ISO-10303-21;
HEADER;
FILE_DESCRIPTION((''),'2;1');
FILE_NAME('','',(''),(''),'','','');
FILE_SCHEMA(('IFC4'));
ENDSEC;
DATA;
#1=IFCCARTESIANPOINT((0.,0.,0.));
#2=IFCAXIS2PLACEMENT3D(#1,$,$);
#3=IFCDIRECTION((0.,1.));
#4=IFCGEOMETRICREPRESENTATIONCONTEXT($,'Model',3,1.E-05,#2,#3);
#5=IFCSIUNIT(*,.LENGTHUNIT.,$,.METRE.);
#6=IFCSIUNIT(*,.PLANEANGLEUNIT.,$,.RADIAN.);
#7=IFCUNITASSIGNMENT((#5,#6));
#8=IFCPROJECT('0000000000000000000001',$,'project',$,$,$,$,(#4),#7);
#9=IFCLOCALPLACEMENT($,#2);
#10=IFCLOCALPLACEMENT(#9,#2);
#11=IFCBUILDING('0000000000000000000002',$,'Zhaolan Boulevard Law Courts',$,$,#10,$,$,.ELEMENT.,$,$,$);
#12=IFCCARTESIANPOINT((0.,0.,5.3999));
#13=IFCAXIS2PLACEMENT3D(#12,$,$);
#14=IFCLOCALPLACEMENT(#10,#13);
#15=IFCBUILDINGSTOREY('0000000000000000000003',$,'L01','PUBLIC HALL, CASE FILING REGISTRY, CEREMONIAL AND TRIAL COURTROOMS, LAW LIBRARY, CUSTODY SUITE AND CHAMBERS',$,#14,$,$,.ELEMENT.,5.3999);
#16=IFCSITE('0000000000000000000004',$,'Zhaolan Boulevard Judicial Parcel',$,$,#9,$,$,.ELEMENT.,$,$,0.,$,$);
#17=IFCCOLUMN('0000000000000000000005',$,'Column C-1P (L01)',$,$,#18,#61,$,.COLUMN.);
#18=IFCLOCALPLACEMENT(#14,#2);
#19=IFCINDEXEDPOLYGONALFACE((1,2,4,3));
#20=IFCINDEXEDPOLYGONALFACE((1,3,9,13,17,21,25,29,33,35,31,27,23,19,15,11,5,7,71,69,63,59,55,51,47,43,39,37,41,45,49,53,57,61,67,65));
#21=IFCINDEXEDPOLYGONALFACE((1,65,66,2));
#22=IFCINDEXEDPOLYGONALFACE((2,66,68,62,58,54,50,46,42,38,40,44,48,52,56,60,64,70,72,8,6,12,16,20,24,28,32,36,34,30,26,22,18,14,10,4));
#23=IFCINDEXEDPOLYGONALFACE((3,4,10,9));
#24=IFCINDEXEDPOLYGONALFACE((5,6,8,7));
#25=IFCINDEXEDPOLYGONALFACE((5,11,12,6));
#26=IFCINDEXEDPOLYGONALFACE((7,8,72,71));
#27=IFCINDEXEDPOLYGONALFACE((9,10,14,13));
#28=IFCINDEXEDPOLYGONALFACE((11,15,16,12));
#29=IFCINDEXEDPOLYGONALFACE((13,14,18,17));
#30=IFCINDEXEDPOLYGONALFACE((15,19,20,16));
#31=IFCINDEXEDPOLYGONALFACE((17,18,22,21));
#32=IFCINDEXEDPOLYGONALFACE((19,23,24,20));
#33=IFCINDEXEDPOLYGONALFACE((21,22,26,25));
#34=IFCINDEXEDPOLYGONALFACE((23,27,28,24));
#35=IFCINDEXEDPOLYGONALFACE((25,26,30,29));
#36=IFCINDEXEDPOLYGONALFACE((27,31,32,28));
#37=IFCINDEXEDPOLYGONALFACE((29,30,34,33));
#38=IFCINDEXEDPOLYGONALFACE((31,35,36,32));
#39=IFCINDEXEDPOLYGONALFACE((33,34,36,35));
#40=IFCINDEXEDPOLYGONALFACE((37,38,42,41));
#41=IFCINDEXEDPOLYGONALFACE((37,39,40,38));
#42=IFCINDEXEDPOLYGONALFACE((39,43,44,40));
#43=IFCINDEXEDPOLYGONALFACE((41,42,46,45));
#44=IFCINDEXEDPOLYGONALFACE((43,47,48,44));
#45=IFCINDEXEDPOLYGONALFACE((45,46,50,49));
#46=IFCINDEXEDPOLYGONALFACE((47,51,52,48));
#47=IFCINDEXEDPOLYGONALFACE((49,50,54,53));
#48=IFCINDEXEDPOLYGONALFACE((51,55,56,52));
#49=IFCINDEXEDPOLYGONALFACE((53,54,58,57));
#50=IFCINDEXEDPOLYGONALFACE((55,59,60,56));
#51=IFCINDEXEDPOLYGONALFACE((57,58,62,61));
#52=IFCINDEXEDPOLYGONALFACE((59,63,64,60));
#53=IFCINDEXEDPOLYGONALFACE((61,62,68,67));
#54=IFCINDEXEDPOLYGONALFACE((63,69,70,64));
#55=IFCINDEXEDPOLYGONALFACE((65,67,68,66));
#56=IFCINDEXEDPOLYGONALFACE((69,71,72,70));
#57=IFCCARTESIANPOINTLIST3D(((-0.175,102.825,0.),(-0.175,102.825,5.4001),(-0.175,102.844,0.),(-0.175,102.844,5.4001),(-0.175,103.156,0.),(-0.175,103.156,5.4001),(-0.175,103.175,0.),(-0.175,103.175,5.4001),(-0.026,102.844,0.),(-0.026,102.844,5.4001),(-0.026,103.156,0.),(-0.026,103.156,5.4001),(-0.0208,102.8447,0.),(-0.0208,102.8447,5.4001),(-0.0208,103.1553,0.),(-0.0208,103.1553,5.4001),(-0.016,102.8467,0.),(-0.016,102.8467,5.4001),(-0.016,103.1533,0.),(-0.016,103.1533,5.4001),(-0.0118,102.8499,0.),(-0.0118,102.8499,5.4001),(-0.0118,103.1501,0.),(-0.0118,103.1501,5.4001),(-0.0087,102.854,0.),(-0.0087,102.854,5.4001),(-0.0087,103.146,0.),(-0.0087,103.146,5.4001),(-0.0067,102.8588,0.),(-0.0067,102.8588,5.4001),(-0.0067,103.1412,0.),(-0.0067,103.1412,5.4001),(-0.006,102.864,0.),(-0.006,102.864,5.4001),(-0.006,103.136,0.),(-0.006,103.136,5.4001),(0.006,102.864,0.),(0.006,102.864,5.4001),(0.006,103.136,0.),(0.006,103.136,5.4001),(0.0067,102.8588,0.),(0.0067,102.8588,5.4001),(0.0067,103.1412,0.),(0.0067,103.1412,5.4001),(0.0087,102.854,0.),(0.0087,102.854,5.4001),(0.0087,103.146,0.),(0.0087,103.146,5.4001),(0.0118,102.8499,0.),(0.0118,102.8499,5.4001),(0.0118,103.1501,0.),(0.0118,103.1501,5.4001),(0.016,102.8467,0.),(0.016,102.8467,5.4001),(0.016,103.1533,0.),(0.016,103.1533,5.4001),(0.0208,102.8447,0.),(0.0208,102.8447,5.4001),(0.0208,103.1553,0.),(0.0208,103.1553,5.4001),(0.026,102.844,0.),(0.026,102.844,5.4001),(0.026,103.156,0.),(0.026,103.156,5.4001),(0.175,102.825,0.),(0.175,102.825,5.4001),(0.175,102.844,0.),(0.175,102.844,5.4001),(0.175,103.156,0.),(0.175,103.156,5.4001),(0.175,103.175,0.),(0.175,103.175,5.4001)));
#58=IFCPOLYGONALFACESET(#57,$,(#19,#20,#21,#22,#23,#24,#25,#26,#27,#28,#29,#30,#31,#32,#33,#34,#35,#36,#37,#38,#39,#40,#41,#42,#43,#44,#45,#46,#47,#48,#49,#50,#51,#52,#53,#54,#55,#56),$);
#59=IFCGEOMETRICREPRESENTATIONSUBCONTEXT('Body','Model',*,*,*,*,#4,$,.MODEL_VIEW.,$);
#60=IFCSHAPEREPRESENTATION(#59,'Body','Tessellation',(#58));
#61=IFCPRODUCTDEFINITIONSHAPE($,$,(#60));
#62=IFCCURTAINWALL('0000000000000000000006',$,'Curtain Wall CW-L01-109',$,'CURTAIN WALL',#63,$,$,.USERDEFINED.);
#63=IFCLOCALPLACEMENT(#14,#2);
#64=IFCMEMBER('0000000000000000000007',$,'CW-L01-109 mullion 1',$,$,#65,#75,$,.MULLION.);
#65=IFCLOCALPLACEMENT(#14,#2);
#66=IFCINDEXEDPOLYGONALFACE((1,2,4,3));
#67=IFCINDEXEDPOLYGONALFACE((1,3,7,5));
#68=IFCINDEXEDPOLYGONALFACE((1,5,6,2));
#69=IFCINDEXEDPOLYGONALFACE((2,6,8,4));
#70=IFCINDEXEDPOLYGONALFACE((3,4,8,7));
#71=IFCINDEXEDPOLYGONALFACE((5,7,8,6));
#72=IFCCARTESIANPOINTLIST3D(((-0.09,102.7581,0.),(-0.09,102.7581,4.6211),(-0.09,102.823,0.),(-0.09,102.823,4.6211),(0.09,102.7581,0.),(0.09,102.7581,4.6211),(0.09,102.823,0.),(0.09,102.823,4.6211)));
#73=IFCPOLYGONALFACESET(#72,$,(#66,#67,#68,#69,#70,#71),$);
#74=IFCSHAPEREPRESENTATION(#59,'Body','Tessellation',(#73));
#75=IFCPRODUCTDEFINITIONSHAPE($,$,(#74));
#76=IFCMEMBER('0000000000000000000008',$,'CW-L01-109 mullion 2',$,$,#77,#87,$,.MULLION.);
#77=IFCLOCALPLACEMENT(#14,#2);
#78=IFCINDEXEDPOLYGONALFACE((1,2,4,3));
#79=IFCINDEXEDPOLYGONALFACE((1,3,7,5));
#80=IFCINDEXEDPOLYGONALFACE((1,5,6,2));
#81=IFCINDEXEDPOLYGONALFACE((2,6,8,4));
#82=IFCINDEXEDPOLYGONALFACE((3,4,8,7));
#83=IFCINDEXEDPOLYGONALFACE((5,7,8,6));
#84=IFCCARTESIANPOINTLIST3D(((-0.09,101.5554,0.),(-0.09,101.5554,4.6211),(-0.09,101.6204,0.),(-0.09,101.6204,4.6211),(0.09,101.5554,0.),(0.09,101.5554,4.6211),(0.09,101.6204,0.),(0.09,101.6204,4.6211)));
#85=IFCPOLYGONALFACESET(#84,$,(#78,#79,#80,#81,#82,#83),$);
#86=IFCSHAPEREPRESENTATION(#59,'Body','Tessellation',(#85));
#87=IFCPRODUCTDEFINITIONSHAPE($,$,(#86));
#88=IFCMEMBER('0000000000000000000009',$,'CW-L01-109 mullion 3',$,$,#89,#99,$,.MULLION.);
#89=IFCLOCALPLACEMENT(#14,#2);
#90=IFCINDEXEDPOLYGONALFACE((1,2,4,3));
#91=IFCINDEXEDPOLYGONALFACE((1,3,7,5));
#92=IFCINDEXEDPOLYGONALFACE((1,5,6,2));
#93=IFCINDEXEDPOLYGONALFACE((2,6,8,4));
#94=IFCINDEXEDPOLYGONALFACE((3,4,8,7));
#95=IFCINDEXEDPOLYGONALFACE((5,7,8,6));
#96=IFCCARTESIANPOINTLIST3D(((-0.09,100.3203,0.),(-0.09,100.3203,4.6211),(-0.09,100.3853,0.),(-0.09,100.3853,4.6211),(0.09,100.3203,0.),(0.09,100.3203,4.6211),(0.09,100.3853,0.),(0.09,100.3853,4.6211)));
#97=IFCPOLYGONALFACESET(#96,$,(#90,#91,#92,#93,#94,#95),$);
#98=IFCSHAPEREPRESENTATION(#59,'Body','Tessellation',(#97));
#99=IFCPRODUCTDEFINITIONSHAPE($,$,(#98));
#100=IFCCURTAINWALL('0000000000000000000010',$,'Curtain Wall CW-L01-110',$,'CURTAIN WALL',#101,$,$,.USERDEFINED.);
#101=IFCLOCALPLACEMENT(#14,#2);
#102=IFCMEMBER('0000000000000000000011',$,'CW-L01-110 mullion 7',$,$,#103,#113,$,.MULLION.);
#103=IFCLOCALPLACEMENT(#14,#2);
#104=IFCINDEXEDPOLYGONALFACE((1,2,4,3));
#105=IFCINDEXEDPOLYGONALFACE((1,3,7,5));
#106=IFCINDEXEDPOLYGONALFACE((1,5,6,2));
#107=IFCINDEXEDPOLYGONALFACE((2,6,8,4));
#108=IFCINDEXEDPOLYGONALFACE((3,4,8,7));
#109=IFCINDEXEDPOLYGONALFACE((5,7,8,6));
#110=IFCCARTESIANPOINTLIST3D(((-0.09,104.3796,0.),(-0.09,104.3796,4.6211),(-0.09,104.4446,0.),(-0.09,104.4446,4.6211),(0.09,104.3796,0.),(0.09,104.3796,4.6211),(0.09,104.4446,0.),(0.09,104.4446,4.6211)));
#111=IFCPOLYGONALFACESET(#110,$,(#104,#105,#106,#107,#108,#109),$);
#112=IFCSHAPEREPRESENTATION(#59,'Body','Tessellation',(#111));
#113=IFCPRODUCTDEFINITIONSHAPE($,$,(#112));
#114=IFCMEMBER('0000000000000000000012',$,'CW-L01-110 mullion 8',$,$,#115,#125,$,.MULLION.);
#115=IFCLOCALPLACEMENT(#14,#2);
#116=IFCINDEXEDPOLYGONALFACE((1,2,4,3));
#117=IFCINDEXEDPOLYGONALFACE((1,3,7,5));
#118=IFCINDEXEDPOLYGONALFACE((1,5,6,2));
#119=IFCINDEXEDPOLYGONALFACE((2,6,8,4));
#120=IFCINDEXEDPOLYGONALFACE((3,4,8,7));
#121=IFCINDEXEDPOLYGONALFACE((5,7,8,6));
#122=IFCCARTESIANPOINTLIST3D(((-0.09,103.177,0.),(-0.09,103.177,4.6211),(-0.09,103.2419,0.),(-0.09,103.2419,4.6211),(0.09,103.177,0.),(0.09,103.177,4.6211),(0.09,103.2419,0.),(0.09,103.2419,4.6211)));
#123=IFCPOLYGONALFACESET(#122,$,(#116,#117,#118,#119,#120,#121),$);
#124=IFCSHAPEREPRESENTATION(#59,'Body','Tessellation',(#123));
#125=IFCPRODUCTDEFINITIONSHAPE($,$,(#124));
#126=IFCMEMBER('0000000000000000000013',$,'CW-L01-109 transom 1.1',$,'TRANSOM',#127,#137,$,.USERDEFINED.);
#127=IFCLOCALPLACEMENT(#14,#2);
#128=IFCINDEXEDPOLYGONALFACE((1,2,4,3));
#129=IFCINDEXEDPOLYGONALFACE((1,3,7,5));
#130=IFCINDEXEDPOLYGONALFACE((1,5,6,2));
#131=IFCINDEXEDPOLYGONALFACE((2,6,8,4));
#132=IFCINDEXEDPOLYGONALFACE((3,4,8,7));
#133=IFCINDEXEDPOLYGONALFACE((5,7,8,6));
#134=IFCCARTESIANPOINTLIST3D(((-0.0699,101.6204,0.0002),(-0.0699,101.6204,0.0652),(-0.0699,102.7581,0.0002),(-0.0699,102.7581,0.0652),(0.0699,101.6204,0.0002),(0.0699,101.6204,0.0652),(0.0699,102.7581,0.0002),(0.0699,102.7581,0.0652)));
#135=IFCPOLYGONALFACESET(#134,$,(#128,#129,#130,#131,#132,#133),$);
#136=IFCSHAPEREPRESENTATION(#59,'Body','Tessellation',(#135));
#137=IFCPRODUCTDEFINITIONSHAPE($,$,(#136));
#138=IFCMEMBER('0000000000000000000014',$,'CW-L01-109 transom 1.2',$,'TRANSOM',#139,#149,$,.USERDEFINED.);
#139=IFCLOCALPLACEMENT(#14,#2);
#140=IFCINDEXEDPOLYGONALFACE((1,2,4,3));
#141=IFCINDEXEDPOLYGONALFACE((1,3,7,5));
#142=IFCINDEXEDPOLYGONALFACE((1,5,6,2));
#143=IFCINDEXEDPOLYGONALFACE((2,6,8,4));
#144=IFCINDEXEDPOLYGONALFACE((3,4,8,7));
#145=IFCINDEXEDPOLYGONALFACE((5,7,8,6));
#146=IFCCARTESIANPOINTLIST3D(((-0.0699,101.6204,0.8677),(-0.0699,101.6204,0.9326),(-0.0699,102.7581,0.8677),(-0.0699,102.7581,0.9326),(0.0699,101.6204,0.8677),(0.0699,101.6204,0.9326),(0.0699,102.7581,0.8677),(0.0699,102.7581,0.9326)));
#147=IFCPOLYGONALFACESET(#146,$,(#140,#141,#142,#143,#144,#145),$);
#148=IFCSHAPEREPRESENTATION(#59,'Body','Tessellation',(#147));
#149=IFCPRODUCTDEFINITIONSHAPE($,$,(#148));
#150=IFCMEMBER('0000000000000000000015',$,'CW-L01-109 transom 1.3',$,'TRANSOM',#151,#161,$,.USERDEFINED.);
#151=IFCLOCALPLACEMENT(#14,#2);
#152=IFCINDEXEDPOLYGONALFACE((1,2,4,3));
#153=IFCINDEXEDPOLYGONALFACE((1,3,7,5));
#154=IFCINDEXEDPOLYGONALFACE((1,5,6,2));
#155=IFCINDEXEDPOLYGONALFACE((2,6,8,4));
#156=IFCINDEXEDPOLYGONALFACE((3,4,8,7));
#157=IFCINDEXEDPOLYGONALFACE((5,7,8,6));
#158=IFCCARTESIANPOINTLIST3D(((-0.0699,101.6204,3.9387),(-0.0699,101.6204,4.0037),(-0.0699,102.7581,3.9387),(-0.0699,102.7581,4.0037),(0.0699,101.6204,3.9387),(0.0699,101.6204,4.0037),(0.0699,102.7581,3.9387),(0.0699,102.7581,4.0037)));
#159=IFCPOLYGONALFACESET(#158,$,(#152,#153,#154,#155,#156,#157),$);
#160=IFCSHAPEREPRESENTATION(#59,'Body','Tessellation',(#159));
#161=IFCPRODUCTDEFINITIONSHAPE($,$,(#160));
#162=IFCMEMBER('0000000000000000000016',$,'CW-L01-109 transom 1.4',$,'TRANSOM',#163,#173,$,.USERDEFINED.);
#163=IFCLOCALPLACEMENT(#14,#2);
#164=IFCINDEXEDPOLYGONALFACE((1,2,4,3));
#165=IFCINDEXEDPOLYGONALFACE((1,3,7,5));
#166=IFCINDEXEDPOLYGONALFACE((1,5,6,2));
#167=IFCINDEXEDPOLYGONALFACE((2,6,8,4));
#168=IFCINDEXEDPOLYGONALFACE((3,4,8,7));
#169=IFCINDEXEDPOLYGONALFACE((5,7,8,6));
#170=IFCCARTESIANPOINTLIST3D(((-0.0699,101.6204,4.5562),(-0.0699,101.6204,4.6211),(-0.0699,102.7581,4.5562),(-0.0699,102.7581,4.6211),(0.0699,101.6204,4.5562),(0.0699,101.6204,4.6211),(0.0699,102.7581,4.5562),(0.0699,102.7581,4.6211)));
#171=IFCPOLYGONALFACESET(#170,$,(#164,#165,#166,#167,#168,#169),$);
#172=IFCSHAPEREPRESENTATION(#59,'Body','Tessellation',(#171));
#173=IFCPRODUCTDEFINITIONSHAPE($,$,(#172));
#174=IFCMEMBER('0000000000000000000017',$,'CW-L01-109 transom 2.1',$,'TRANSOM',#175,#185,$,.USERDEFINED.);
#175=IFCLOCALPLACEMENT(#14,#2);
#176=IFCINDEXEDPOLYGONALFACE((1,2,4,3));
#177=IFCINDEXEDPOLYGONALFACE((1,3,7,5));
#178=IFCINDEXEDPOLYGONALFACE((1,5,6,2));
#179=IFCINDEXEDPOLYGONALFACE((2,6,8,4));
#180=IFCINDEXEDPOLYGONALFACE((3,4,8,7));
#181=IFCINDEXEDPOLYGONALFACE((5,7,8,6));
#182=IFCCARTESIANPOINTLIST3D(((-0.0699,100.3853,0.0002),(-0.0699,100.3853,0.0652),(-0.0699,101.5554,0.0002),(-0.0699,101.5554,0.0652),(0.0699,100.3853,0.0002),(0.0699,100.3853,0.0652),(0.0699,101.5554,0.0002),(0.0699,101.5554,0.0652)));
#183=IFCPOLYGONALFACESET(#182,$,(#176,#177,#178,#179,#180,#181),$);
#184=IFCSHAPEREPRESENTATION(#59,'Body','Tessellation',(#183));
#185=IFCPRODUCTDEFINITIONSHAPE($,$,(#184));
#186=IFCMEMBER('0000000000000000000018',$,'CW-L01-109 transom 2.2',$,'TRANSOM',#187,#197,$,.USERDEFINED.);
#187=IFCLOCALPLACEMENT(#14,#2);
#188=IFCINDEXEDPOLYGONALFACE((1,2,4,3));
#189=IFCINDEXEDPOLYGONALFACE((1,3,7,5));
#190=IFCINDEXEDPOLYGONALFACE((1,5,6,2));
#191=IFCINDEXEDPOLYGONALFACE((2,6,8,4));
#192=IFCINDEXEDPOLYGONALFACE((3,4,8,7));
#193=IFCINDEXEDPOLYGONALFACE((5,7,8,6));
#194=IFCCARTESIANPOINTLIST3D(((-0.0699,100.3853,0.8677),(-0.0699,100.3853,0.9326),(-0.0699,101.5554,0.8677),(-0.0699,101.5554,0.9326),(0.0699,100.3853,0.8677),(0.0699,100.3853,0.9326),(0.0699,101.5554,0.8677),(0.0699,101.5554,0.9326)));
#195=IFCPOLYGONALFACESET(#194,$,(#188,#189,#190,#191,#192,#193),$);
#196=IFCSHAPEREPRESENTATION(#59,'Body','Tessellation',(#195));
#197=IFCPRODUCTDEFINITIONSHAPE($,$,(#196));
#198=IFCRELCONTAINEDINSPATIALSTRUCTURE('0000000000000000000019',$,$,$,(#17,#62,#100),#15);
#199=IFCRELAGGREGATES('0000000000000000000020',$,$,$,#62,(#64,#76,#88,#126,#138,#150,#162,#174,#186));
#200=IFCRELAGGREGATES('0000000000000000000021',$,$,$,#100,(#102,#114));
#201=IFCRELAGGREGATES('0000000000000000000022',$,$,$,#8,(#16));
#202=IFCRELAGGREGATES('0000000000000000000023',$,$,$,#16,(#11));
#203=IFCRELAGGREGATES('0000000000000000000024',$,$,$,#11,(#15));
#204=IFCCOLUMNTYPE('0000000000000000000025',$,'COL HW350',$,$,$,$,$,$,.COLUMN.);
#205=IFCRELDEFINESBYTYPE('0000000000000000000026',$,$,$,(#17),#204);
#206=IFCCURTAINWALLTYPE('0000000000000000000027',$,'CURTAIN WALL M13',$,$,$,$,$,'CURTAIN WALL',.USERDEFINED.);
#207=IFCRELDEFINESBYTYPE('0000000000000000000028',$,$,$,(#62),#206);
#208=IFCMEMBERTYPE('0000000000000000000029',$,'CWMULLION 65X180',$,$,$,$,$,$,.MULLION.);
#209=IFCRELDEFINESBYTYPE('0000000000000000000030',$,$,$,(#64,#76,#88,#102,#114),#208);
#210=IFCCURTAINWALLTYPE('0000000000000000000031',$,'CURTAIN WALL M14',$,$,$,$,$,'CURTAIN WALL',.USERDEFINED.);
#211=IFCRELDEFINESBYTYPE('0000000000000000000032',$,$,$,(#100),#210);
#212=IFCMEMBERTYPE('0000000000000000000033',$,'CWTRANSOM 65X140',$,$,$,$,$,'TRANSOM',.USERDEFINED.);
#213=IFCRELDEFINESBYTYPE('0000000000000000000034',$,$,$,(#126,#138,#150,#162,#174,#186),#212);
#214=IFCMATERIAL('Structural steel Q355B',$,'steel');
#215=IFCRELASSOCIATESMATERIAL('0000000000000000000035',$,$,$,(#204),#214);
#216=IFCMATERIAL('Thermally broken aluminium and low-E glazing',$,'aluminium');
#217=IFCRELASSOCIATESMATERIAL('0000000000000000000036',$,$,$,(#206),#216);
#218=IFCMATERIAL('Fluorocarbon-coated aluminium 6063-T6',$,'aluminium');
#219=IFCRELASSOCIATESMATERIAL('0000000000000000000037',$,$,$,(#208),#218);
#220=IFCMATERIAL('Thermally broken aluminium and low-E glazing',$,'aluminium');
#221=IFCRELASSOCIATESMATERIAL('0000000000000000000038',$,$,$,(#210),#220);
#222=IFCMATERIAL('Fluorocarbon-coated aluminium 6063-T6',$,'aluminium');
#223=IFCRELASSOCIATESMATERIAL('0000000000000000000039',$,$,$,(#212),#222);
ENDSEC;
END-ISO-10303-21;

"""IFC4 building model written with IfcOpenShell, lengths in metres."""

from ifc_helpers import new_model, si_unit, direction, frame, origin, origin_2d, place, context, subcontext, project, spatial, rectangle, i_section, extrude, material, material_profile, profile_set, type_object, element, aggregate, save


model = new_model("IFC4")

# Units and contexts
model_context = context("Model", 3, precision=1e-05, world=origin(), true_north=direction((0.0, 1.0)))
body_context = subcontext(model_context, "Body", "Model", "MODEL_VIEW")
ifc_project = project(units=[si_unit("LENGTHUNIT", "METRE"), si_unit("PLANEANGLEUNIT", "RADIAN")], contexts=[model_context])

# Site, building, storey
site_placement = place(None, origin())
site = spatial("IfcSite", under=ifc_project, at=site_placement, Name="Zhaolan Boulevard Judicial Parcel", CompositionType="ELEMENT", RefElevation=0.0)
building_placement = place(site_placement, origin())
building = spatial("IfcBuilding", under=site, at=building_placement, Name="Zhaolan Boulevard Law Courts", CompositionType="ELEMENT")
storey_placement = place(building_placement, frame((0.0, 0.0, 5.3999)))
storey = spatial("IfcBuildingStorey", under=building, at=storey_placement, Name="L01", Description="PUBLIC HALL, CASE FILING REGISTRY, CEREMONIAL AND TRIAL COURTROOMS, LAW LIBRARY, CUSTODY SUITE AND CHAMBERS", CompositionType="ELEMENT", Elevation=5.3999)

# Column
ifc_material_1 = material(Name="Structural steel Q355B", Category="steel")
ifc_material_profile_1 = material_profile(ifc_material_1, i_section(OverallWidth=0.3501, OverallDepth=0.3501, WebThickness=0.012, FlangeThickness=0.019, FilletRadius=0.02, at=origin_2d()), Name="HW350x350")
ifc_profile_set_1 = profile_set([ifc_material_profile_1], Name="Structural steel Q355B")
column_type = type_object("IfcColumnType", Name="COL HW350", PredefinedType="COLUMN", material=ifc_profile_set_1)
column_placement = place(storey_placement, frame((0.0, 103.0, 0.0), z_axis=(0.0, 0.0, 1.0), x_axis=(1.0, 0.0, 0.0)))
element("IfcColumn", 1, at=column_placement, inside=storey, type_object=column_type, Name="Column C-1P (L01)", PredefinedType="COLUMN", context=body_context, shape_type="SweptSolid", body=[
    extrude(i_section(OverallWidth=0.3501, OverallDepth=0.3501, WebThickness=0.012, FlangeThickness=0.019, FilletRadius=0.02, at=origin_2d()), origin(), (0.0, 0.0, 1.0), 5.4001),
])

# Curtain walls, members
ifc_material_2 = material(Name="Thermally broken aluminium and low-E glazing", Category="aluminium")
curtain_wall_type_1 = type_object("IfcCurtainWallType", Name="CURTAIN WALL M13", ElementType="CURTAIN WALL", PredefinedType="USERDEFINED", material=ifc_material_2)
curtain_wall_1_placement = place(storey_placement, origin())
curtain_wall_1 = element("IfcCurtainWall", 2, at=curtain_wall_1_placement, inside=storey, type_object=curtain_wall_type_1, Name="Curtain Wall CW-L01-109", ObjectType="CURTAIN WALL", PredefinedType="USERDEFINED")
ifc_material_3 = material(Name="Fluorocarbon-coated aluminium 6063-T6", Category="aluminium")
ifc_material_profile_2 = material_profile(ifc_material_3, rectangle(XDim=0.1799, YDim=0.0649, at=origin_2d()), Name="AL65x180")
ifc_profile_set_2 = profile_set([ifc_material_profile_2], Name="Fluorocarbon-coated aluminium 6063-T6")
member_type_1 = type_object("IfcMemberType", Name="CWMULLION 65X180", PredefinedType="MULLION", material=ifc_profile_set_2)
member_1_placement = place(storey_placement, frame((0.0, 102.7905, 0.0), z_axis=(0.0, 0.0, 1.0), x_axis=(1.0, 0.0, 0.0)))
member_1 = element("IfcMember", 3, at=member_1_placement, type_object=member_type_1, Name="CW-L01-109 mullion 1", PredefinedType="MULLION", context=body_context, shape_type="SweptSolid", body=[
    extrude(rectangle(XDim=0.1799, YDim=0.0649, at=origin_2d()), origin(), (0.0, 0.0, 1.0), 4.6211),
])
member_2_placement = place(storey_placement, frame((0.0, 101.5879, 0.0), z_axis=(0.0, 0.0, 1.0), x_axis=(1.0, 0.0, 0.0)))
member_2 = element("IfcMember", 4, at=member_2_placement, type_object=member_type_1, Name="CW-L01-109 mullion 2", PredefinedType="MULLION", context=body_context, shape_type="SweptSolid", body=[
    extrude(rectangle(XDim=0.1799, YDim=0.0649, at=origin_2d()), origin(), (0.0, 0.0, 1.0), 4.6211),
])
member_3_placement = place(storey_placement, frame((0.0, 100.3528, 0.0), z_axis=(0.0, 0.0, 1.0), x_axis=(1.0, 0.0, 0.0)))
member_3 = element("IfcMember", 5, at=member_3_placement, type_object=member_type_1, Name="CW-L01-109 mullion 3", PredefinedType="MULLION", context=body_context, shape_type="SweptSolid", body=[
    extrude(rectangle(XDim=0.1799, YDim=0.0649, at=origin_2d()), origin(), (0.0, 0.0, 1.0), 4.6211),
])
ifc_material_4 = material(Name="Thermally broken aluminium and low-E glazing", Category="aluminium")
curtain_wall_type_2 = type_object("IfcCurtainWallType", Name="CURTAIN WALL M14", ElementType="CURTAIN WALL", PredefinedType="USERDEFINED", material=ifc_material_4)
curtain_wall_2_placement = place(storey_placement, origin())
curtain_wall_2 = element("IfcCurtainWall", 6, at=curtain_wall_2_placement, inside=storey, type_object=curtain_wall_type_2, Name="Curtain Wall CW-L01-110", ObjectType="CURTAIN WALL", PredefinedType="USERDEFINED")
member_4_placement = place(storey_placement, frame((0.0, 104.4121, 0.0), z_axis=(0.0, 0.0, 1.0), x_axis=(1.0, 0.0, 0.0)))
member_4 = element("IfcMember", 7, at=member_4_placement, type_object=member_type_1, Name="CW-L01-110 mullion 7", PredefinedType="MULLION", context=body_context, shape_type="SweptSolid", body=[
    extrude(rectangle(XDim=0.1799, YDim=0.0649, at=origin_2d()), origin(), (0.0, 0.0, 1.0), 4.6211),
])
member_5_placement = place(storey_placement, frame((0.0, 103.2095, 0.0), z_axis=(0.0, 0.0, 1.0), x_axis=(1.0, 0.0, 0.0)))
member_5 = element("IfcMember", 8, at=member_5_placement, type_object=member_type_1, Name="CW-L01-110 mullion 8", PredefinedType="MULLION", context=body_context, shape_type="SweptSolid", body=[
    extrude(rectangle(XDim=0.1799, YDim=0.0649, at=origin_2d()), origin(), (0.0, 0.0, 1.0), 4.6211),
])

# Members
ifc_material_5 = material(Name="Fluorocarbon-coated aluminium 6063-T6", Category="aluminium")
ifc_material_profile_3 = material_profile(ifc_material_5, rectangle(XDim=0.1399, YDim=0.0649, at=origin_2d()), Name="AL65x140")
ifc_profile_set_3 = profile_set([ifc_material_profile_3], Name="Fluorocarbon-coated aluminium 6063-T6")
member_type_2 = type_object("IfcMemberType", Name="CWTRANSOM 65X140", ElementType="TRANSOM", PredefinedType="USERDEFINED", material=ifc_profile_set_3)
member_6_placement = place(storey_placement, frame((0.0, 102.7581, 0.0327), z_axis=(0.0, -1.0, 0.0), x_axis=(1.0, 0.0, 0.0)))
member_6 = element("IfcMember", 9, at=member_6_placement, type_object=member_type_2, Name="CW-L01-109 transom 1.1", ObjectType="TRANSOM", PredefinedType="USERDEFINED", context=body_context, shape_type="SweptSolid", body=[
    extrude(rectangle(XDim=0.1399, YDim=0.0649, at=origin_2d()), origin(), (0.0, 0.0, 1.0), 1.1377),
])
member_7_placement = place(storey_placement, frame((0.0, 102.7581, 0.9001), z_axis=(0.0, -1.0, 0.0), x_axis=(1.0, 0.0, 0.0)))
member_7 = element("IfcMember", 10, at=member_7_placement, type_object=member_type_2, Name="CW-L01-109 transom 1.2", ObjectType="TRANSOM", PredefinedType="USERDEFINED", context=body_context, shape_type="SweptSolid", body=[
    extrude(rectangle(XDim=0.1399, YDim=0.0649, at=origin_2d()), origin(), (0.0, 0.0, 1.0), 1.1377),
])
member_8_placement = place(storey_placement, frame((0.0, 102.7581, 3.9712), z_axis=(0.0, -1.0, 0.0), x_axis=(1.0, 0.0, 0.0)))
member_8 = element("IfcMember", 11, at=member_8_placement, type_object=member_type_2, Name="CW-L01-109 transom 1.3", ObjectType="TRANSOM", PredefinedType="USERDEFINED", context=body_context, shape_type="SweptSolid", body=[
    extrude(rectangle(XDim=0.1399, YDim=0.0649, at=origin_2d()), origin(), (0.0, 0.0, 1.0), 1.1377),
])
member_9_placement = place(storey_placement, frame((0.0, 102.7581, 4.5886), z_axis=(0.0, -1.0, 0.0), x_axis=(1.0, 0.0, 0.0)))
member_9 = element("IfcMember", 12, at=member_9_placement, type_object=member_type_2, Name="CW-L01-109 transom 1.4", ObjectType="TRANSOM", PredefinedType="USERDEFINED", context=body_context, shape_type="SweptSolid", body=[
    extrude(rectangle(XDim=0.1399, YDim=0.0649, at=origin_2d()), origin(), (0.0, 0.0, 1.0), 1.1377),
])
member_10_placement = place(storey_placement, frame((0.0, 101.5554, 0.0327), z_axis=(0.0, -1.0, 0.0), x_axis=(1.0, 0.0, 0.0)))
member_10 = element("IfcMember", 13, at=member_10_placement, type_object=member_type_2, Name="CW-L01-109 transom 2.1", ObjectType="TRANSOM", PredefinedType="USERDEFINED", context=body_context, shape_type="SweptSolid", body=[
    extrude(rectangle(XDim=0.1399, YDim=0.0649, at=origin_2d()), origin(), (0.0, 0.0, 1.0), 1.1702),
])
member_11_placement = place(storey_placement, frame((0.0, 101.5554, 0.9001), z_axis=(0.0, -1.0, 0.0), x_axis=(1.0, 0.0, 0.0)))
member_11 = element("IfcMember", 14, at=member_11_placement, type_object=member_type_2, Name="CW-L01-109 transom 2.2", ObjectType="TRANSOM", PredefinedType="USERDEFINED", context=body_context, shape_type="SweptSolid", body=[
    extrude(rectangle(XDim=0.1399, YDim=0.0649, at=origin_2d()), origin(), (0.0, 0.0, 1.0), 1.1702),
])

aggregate(curtain_wall_1, [member_1, member_2, member_3, member_6, member_7, member_8, member_9, member_10, member_11])
aggregate(curtain_wall_2, [member_4, member_5])

save(model, "model.ifc")
